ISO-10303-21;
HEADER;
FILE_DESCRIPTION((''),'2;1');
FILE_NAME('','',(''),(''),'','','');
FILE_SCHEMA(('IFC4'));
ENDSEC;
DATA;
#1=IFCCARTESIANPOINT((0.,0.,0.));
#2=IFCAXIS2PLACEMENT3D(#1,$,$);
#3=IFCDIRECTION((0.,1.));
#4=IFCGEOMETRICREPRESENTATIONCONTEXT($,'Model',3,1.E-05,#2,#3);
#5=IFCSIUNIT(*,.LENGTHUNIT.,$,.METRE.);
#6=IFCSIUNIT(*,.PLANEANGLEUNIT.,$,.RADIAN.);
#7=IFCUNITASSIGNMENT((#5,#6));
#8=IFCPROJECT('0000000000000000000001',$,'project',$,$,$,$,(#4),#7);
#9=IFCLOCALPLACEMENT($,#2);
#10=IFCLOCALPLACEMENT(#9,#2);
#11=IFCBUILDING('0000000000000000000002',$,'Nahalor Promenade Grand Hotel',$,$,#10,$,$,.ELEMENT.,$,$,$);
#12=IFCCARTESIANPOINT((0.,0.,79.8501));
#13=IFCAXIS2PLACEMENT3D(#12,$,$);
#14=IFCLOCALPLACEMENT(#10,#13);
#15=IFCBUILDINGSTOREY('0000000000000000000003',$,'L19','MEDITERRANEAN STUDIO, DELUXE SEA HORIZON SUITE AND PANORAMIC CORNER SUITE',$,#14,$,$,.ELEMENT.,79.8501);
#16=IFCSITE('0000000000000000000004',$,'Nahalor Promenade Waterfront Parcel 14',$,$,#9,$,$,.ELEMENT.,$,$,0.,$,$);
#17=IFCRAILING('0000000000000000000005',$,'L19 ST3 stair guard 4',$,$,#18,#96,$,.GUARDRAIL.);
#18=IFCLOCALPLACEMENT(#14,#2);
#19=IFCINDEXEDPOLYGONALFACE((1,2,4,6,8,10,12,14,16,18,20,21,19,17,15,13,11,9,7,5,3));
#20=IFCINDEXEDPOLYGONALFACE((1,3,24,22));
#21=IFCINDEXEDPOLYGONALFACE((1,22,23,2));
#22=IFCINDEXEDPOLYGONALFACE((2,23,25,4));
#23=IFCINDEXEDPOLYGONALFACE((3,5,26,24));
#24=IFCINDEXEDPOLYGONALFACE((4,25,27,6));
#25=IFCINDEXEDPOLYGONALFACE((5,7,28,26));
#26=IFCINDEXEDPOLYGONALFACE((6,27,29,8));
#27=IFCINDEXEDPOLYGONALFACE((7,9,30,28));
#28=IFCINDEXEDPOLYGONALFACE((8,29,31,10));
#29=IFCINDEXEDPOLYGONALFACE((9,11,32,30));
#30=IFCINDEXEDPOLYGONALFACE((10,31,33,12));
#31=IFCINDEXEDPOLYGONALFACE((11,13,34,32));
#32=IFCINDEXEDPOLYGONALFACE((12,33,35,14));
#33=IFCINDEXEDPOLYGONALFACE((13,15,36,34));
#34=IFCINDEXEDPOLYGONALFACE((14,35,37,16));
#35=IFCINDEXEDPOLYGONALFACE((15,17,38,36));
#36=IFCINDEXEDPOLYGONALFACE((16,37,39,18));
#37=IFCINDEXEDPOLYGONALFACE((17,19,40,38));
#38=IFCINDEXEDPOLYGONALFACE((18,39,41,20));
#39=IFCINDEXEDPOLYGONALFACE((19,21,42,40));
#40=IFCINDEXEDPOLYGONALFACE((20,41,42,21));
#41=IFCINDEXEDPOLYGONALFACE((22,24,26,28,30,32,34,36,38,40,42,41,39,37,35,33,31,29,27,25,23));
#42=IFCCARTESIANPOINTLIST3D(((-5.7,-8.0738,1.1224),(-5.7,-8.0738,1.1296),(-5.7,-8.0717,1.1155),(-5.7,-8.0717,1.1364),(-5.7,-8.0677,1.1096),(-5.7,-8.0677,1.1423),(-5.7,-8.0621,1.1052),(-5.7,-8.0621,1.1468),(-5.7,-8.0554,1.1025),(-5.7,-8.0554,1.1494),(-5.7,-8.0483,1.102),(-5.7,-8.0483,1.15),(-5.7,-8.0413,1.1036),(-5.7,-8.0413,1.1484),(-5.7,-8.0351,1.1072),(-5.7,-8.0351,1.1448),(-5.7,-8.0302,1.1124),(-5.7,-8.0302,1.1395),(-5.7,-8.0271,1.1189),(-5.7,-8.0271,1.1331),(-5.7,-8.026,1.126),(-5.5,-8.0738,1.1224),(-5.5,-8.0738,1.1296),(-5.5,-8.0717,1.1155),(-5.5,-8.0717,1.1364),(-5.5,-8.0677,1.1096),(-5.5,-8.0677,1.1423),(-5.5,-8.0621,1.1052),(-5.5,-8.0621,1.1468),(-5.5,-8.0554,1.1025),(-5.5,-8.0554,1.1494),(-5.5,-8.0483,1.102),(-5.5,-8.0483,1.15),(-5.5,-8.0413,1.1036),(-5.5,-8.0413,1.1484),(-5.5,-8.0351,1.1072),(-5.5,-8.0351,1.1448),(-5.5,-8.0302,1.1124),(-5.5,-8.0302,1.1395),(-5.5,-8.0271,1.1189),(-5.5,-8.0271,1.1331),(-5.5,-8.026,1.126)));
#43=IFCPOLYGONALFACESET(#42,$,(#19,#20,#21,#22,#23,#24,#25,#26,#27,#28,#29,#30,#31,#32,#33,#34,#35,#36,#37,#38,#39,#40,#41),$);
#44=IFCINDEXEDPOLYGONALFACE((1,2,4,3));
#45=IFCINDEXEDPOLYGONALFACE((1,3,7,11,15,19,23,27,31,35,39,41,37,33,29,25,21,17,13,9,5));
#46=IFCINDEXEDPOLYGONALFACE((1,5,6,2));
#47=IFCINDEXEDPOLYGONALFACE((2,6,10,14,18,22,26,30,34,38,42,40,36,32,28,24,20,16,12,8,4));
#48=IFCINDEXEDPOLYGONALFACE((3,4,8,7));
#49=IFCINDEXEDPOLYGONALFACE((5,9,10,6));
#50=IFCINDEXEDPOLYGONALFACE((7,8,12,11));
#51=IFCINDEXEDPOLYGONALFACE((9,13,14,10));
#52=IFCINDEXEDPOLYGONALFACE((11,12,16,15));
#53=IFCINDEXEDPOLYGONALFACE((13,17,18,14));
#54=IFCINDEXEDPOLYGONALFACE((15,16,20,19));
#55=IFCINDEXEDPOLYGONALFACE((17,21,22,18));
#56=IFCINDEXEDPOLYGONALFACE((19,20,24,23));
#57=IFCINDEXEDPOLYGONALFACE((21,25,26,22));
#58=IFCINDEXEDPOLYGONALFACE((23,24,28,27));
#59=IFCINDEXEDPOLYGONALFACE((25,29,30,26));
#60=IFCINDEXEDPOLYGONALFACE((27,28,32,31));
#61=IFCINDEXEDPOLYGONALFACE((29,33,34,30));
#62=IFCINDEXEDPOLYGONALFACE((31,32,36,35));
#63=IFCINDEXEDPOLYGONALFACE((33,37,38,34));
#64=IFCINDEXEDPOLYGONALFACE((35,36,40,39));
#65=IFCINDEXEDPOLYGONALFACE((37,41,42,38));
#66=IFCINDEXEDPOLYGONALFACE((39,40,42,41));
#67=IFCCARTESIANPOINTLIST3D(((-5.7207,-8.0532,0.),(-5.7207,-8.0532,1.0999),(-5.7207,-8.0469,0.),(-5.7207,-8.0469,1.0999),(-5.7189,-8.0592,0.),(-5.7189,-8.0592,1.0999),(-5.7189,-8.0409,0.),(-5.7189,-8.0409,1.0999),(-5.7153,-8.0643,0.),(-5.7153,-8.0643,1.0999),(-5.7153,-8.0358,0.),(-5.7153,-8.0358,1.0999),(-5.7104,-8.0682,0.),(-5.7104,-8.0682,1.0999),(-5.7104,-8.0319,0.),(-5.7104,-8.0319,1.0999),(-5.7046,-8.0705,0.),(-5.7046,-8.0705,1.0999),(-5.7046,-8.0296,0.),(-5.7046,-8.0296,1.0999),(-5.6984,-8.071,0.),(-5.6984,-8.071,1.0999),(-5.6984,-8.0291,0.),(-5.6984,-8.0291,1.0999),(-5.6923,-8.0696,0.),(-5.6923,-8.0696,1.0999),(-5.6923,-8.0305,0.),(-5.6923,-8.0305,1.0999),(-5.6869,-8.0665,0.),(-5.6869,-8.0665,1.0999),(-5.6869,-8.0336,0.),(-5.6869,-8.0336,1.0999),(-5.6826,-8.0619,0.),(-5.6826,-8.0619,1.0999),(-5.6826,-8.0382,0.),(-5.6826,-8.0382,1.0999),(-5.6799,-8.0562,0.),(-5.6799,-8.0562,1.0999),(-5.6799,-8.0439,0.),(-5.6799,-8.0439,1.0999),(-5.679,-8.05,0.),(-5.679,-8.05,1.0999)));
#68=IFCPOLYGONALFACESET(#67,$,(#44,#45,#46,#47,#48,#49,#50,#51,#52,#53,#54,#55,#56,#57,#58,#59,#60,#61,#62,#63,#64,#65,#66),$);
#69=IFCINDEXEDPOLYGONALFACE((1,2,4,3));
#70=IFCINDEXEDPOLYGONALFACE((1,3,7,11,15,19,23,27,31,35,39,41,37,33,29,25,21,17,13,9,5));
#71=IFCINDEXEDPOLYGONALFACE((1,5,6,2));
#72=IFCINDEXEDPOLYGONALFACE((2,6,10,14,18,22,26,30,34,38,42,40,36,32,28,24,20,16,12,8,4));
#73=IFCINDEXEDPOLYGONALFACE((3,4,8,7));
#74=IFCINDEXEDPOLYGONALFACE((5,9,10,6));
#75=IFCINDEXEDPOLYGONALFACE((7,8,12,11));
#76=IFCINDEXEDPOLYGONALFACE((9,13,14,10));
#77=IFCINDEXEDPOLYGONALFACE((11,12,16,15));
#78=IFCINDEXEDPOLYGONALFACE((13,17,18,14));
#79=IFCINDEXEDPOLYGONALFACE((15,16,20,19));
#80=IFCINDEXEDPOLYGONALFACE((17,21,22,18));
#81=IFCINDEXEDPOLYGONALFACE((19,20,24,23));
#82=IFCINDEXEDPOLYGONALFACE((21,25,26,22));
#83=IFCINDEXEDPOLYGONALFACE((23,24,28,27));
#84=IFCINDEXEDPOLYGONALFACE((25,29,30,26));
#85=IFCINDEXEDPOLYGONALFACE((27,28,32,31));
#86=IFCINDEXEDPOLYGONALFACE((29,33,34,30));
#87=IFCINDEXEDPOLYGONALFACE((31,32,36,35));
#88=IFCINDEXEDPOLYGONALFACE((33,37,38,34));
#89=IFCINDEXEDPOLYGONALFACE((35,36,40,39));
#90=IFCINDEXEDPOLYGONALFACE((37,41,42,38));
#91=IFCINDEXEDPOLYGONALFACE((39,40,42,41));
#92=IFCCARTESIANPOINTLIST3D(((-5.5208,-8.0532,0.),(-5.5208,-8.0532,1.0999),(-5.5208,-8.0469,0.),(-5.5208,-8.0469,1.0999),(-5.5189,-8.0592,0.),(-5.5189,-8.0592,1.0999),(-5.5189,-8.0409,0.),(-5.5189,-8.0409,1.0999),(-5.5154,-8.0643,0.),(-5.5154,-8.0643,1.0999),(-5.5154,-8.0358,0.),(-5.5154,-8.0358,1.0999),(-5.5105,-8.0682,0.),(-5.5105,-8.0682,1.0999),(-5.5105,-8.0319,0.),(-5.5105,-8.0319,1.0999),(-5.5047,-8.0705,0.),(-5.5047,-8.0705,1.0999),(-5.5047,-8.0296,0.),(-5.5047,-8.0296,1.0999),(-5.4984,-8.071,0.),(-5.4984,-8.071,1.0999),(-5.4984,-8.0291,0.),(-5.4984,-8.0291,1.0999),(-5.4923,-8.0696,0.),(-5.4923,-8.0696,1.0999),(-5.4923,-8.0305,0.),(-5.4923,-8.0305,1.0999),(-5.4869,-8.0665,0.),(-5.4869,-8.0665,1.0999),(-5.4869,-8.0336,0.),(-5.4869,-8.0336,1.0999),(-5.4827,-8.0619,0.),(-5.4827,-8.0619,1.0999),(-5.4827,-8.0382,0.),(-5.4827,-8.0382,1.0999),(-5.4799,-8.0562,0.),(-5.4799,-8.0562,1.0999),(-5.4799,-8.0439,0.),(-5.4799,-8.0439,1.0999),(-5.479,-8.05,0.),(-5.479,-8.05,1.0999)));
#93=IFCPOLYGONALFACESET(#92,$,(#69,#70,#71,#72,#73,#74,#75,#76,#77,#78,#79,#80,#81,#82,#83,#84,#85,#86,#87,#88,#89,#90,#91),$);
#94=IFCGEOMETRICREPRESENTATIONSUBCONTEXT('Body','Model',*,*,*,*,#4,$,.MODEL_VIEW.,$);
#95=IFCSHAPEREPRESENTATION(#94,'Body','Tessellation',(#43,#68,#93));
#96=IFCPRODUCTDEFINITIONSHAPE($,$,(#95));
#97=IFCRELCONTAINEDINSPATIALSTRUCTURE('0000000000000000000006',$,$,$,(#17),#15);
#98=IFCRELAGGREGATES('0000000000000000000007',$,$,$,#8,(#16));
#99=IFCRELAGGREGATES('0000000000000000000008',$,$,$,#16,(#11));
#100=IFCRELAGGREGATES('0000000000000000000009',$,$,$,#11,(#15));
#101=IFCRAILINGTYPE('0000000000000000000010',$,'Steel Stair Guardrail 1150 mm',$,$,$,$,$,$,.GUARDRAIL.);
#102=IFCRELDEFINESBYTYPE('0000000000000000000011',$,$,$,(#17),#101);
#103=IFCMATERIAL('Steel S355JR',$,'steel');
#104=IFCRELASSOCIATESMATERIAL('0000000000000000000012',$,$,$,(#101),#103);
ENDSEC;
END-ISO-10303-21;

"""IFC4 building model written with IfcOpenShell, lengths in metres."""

from ifc_helpers import new_model, si_unit, direction, frame, origin, origin_2d, place, context, subcontext, project, spatial, circle, extrude, material, type_object, element, save


model = new_model("IFC4")

# Units and contexts
model_context = context("Model", 3, precision=1e-05, world=origin(), true_north=direction((0.0, 1.0)))
body_context = subcontext(model_context, "Body", "Model", "MODEL_VIEW")
ifc_project = project(units=[si_unit("LENGTHUNIT", "METRE"), si_unit("PLANEANGLEUNIT", "RADIAN")], contexts=[model_context])

# Site, building, storey
site_placement = place(None, origin())
site = spatial("IfcSite", under=ifc_project, at=site_placement, Name="Nahalor Promenade Waterfront Parcel 14", CompositionType="ELEMENT", RefElevation=0.0)
building_placement = place(site_placement, origin())
building = spatial("IfcBuilding", under=site, at=building_placement, Name="Nahalor Promenade Grand Hotel", CompositionType="ELEMENT")
storey_placement = place(building_placement, frame((0.0, 0.0, 79.8501)))
storey = spatial("IfcBuildingStorey", under=building, at=storey_placement, Name="L19", Description="MEDITERRANEAN STUDIO, DELUXE SEA HORIZON SUITE AND PANORAMIC CORNER SUITE", CompositionType="ELEMENT", Elevation=79.8501)

# Shared definitions
ifc_material_1 = material(Name="Steel S355JR", Category="steel")

# Railing
railing_type_1 = type_object("IfcRailingType", Name="Steel Stair Guardrail 1150 mm", PredefinedType="GUARDRAIL", material=ifc_material_1)
railing_1_placement = place(storey_placement, frame((-5.7, -8.05, 0.0)))
element("IfcRailing", 1, at=railing_1_placement, inside=storey, type_object=railing_type_1, Name="L19 ST3 stair guard 4", PredefinedType="GUARDRAIL", context=body_context, shape_type="SweptSolid", body=[
    extrude(circle(Radius=0.024, at=origin_2d()), frame((0.0, 0.0, 1.126), z_axis=(1.0, 0.0, 0.0), x_axis=(0.0, 1.0, 0.0)), (0.0, 0.0, 1.0), 0.2),
    extrude(circle(Radius=0.021, at=origin_2d()), origin(), (0.0, 0.0, 1.0), 1.0999),
    extrude(circle(Radius=0.021, at=origin_2d()), frame((0.2, 0.0, 0.0)), (0.0, 0.0, 1.0), 1.0999),
])

save(model, "model.ifc")
